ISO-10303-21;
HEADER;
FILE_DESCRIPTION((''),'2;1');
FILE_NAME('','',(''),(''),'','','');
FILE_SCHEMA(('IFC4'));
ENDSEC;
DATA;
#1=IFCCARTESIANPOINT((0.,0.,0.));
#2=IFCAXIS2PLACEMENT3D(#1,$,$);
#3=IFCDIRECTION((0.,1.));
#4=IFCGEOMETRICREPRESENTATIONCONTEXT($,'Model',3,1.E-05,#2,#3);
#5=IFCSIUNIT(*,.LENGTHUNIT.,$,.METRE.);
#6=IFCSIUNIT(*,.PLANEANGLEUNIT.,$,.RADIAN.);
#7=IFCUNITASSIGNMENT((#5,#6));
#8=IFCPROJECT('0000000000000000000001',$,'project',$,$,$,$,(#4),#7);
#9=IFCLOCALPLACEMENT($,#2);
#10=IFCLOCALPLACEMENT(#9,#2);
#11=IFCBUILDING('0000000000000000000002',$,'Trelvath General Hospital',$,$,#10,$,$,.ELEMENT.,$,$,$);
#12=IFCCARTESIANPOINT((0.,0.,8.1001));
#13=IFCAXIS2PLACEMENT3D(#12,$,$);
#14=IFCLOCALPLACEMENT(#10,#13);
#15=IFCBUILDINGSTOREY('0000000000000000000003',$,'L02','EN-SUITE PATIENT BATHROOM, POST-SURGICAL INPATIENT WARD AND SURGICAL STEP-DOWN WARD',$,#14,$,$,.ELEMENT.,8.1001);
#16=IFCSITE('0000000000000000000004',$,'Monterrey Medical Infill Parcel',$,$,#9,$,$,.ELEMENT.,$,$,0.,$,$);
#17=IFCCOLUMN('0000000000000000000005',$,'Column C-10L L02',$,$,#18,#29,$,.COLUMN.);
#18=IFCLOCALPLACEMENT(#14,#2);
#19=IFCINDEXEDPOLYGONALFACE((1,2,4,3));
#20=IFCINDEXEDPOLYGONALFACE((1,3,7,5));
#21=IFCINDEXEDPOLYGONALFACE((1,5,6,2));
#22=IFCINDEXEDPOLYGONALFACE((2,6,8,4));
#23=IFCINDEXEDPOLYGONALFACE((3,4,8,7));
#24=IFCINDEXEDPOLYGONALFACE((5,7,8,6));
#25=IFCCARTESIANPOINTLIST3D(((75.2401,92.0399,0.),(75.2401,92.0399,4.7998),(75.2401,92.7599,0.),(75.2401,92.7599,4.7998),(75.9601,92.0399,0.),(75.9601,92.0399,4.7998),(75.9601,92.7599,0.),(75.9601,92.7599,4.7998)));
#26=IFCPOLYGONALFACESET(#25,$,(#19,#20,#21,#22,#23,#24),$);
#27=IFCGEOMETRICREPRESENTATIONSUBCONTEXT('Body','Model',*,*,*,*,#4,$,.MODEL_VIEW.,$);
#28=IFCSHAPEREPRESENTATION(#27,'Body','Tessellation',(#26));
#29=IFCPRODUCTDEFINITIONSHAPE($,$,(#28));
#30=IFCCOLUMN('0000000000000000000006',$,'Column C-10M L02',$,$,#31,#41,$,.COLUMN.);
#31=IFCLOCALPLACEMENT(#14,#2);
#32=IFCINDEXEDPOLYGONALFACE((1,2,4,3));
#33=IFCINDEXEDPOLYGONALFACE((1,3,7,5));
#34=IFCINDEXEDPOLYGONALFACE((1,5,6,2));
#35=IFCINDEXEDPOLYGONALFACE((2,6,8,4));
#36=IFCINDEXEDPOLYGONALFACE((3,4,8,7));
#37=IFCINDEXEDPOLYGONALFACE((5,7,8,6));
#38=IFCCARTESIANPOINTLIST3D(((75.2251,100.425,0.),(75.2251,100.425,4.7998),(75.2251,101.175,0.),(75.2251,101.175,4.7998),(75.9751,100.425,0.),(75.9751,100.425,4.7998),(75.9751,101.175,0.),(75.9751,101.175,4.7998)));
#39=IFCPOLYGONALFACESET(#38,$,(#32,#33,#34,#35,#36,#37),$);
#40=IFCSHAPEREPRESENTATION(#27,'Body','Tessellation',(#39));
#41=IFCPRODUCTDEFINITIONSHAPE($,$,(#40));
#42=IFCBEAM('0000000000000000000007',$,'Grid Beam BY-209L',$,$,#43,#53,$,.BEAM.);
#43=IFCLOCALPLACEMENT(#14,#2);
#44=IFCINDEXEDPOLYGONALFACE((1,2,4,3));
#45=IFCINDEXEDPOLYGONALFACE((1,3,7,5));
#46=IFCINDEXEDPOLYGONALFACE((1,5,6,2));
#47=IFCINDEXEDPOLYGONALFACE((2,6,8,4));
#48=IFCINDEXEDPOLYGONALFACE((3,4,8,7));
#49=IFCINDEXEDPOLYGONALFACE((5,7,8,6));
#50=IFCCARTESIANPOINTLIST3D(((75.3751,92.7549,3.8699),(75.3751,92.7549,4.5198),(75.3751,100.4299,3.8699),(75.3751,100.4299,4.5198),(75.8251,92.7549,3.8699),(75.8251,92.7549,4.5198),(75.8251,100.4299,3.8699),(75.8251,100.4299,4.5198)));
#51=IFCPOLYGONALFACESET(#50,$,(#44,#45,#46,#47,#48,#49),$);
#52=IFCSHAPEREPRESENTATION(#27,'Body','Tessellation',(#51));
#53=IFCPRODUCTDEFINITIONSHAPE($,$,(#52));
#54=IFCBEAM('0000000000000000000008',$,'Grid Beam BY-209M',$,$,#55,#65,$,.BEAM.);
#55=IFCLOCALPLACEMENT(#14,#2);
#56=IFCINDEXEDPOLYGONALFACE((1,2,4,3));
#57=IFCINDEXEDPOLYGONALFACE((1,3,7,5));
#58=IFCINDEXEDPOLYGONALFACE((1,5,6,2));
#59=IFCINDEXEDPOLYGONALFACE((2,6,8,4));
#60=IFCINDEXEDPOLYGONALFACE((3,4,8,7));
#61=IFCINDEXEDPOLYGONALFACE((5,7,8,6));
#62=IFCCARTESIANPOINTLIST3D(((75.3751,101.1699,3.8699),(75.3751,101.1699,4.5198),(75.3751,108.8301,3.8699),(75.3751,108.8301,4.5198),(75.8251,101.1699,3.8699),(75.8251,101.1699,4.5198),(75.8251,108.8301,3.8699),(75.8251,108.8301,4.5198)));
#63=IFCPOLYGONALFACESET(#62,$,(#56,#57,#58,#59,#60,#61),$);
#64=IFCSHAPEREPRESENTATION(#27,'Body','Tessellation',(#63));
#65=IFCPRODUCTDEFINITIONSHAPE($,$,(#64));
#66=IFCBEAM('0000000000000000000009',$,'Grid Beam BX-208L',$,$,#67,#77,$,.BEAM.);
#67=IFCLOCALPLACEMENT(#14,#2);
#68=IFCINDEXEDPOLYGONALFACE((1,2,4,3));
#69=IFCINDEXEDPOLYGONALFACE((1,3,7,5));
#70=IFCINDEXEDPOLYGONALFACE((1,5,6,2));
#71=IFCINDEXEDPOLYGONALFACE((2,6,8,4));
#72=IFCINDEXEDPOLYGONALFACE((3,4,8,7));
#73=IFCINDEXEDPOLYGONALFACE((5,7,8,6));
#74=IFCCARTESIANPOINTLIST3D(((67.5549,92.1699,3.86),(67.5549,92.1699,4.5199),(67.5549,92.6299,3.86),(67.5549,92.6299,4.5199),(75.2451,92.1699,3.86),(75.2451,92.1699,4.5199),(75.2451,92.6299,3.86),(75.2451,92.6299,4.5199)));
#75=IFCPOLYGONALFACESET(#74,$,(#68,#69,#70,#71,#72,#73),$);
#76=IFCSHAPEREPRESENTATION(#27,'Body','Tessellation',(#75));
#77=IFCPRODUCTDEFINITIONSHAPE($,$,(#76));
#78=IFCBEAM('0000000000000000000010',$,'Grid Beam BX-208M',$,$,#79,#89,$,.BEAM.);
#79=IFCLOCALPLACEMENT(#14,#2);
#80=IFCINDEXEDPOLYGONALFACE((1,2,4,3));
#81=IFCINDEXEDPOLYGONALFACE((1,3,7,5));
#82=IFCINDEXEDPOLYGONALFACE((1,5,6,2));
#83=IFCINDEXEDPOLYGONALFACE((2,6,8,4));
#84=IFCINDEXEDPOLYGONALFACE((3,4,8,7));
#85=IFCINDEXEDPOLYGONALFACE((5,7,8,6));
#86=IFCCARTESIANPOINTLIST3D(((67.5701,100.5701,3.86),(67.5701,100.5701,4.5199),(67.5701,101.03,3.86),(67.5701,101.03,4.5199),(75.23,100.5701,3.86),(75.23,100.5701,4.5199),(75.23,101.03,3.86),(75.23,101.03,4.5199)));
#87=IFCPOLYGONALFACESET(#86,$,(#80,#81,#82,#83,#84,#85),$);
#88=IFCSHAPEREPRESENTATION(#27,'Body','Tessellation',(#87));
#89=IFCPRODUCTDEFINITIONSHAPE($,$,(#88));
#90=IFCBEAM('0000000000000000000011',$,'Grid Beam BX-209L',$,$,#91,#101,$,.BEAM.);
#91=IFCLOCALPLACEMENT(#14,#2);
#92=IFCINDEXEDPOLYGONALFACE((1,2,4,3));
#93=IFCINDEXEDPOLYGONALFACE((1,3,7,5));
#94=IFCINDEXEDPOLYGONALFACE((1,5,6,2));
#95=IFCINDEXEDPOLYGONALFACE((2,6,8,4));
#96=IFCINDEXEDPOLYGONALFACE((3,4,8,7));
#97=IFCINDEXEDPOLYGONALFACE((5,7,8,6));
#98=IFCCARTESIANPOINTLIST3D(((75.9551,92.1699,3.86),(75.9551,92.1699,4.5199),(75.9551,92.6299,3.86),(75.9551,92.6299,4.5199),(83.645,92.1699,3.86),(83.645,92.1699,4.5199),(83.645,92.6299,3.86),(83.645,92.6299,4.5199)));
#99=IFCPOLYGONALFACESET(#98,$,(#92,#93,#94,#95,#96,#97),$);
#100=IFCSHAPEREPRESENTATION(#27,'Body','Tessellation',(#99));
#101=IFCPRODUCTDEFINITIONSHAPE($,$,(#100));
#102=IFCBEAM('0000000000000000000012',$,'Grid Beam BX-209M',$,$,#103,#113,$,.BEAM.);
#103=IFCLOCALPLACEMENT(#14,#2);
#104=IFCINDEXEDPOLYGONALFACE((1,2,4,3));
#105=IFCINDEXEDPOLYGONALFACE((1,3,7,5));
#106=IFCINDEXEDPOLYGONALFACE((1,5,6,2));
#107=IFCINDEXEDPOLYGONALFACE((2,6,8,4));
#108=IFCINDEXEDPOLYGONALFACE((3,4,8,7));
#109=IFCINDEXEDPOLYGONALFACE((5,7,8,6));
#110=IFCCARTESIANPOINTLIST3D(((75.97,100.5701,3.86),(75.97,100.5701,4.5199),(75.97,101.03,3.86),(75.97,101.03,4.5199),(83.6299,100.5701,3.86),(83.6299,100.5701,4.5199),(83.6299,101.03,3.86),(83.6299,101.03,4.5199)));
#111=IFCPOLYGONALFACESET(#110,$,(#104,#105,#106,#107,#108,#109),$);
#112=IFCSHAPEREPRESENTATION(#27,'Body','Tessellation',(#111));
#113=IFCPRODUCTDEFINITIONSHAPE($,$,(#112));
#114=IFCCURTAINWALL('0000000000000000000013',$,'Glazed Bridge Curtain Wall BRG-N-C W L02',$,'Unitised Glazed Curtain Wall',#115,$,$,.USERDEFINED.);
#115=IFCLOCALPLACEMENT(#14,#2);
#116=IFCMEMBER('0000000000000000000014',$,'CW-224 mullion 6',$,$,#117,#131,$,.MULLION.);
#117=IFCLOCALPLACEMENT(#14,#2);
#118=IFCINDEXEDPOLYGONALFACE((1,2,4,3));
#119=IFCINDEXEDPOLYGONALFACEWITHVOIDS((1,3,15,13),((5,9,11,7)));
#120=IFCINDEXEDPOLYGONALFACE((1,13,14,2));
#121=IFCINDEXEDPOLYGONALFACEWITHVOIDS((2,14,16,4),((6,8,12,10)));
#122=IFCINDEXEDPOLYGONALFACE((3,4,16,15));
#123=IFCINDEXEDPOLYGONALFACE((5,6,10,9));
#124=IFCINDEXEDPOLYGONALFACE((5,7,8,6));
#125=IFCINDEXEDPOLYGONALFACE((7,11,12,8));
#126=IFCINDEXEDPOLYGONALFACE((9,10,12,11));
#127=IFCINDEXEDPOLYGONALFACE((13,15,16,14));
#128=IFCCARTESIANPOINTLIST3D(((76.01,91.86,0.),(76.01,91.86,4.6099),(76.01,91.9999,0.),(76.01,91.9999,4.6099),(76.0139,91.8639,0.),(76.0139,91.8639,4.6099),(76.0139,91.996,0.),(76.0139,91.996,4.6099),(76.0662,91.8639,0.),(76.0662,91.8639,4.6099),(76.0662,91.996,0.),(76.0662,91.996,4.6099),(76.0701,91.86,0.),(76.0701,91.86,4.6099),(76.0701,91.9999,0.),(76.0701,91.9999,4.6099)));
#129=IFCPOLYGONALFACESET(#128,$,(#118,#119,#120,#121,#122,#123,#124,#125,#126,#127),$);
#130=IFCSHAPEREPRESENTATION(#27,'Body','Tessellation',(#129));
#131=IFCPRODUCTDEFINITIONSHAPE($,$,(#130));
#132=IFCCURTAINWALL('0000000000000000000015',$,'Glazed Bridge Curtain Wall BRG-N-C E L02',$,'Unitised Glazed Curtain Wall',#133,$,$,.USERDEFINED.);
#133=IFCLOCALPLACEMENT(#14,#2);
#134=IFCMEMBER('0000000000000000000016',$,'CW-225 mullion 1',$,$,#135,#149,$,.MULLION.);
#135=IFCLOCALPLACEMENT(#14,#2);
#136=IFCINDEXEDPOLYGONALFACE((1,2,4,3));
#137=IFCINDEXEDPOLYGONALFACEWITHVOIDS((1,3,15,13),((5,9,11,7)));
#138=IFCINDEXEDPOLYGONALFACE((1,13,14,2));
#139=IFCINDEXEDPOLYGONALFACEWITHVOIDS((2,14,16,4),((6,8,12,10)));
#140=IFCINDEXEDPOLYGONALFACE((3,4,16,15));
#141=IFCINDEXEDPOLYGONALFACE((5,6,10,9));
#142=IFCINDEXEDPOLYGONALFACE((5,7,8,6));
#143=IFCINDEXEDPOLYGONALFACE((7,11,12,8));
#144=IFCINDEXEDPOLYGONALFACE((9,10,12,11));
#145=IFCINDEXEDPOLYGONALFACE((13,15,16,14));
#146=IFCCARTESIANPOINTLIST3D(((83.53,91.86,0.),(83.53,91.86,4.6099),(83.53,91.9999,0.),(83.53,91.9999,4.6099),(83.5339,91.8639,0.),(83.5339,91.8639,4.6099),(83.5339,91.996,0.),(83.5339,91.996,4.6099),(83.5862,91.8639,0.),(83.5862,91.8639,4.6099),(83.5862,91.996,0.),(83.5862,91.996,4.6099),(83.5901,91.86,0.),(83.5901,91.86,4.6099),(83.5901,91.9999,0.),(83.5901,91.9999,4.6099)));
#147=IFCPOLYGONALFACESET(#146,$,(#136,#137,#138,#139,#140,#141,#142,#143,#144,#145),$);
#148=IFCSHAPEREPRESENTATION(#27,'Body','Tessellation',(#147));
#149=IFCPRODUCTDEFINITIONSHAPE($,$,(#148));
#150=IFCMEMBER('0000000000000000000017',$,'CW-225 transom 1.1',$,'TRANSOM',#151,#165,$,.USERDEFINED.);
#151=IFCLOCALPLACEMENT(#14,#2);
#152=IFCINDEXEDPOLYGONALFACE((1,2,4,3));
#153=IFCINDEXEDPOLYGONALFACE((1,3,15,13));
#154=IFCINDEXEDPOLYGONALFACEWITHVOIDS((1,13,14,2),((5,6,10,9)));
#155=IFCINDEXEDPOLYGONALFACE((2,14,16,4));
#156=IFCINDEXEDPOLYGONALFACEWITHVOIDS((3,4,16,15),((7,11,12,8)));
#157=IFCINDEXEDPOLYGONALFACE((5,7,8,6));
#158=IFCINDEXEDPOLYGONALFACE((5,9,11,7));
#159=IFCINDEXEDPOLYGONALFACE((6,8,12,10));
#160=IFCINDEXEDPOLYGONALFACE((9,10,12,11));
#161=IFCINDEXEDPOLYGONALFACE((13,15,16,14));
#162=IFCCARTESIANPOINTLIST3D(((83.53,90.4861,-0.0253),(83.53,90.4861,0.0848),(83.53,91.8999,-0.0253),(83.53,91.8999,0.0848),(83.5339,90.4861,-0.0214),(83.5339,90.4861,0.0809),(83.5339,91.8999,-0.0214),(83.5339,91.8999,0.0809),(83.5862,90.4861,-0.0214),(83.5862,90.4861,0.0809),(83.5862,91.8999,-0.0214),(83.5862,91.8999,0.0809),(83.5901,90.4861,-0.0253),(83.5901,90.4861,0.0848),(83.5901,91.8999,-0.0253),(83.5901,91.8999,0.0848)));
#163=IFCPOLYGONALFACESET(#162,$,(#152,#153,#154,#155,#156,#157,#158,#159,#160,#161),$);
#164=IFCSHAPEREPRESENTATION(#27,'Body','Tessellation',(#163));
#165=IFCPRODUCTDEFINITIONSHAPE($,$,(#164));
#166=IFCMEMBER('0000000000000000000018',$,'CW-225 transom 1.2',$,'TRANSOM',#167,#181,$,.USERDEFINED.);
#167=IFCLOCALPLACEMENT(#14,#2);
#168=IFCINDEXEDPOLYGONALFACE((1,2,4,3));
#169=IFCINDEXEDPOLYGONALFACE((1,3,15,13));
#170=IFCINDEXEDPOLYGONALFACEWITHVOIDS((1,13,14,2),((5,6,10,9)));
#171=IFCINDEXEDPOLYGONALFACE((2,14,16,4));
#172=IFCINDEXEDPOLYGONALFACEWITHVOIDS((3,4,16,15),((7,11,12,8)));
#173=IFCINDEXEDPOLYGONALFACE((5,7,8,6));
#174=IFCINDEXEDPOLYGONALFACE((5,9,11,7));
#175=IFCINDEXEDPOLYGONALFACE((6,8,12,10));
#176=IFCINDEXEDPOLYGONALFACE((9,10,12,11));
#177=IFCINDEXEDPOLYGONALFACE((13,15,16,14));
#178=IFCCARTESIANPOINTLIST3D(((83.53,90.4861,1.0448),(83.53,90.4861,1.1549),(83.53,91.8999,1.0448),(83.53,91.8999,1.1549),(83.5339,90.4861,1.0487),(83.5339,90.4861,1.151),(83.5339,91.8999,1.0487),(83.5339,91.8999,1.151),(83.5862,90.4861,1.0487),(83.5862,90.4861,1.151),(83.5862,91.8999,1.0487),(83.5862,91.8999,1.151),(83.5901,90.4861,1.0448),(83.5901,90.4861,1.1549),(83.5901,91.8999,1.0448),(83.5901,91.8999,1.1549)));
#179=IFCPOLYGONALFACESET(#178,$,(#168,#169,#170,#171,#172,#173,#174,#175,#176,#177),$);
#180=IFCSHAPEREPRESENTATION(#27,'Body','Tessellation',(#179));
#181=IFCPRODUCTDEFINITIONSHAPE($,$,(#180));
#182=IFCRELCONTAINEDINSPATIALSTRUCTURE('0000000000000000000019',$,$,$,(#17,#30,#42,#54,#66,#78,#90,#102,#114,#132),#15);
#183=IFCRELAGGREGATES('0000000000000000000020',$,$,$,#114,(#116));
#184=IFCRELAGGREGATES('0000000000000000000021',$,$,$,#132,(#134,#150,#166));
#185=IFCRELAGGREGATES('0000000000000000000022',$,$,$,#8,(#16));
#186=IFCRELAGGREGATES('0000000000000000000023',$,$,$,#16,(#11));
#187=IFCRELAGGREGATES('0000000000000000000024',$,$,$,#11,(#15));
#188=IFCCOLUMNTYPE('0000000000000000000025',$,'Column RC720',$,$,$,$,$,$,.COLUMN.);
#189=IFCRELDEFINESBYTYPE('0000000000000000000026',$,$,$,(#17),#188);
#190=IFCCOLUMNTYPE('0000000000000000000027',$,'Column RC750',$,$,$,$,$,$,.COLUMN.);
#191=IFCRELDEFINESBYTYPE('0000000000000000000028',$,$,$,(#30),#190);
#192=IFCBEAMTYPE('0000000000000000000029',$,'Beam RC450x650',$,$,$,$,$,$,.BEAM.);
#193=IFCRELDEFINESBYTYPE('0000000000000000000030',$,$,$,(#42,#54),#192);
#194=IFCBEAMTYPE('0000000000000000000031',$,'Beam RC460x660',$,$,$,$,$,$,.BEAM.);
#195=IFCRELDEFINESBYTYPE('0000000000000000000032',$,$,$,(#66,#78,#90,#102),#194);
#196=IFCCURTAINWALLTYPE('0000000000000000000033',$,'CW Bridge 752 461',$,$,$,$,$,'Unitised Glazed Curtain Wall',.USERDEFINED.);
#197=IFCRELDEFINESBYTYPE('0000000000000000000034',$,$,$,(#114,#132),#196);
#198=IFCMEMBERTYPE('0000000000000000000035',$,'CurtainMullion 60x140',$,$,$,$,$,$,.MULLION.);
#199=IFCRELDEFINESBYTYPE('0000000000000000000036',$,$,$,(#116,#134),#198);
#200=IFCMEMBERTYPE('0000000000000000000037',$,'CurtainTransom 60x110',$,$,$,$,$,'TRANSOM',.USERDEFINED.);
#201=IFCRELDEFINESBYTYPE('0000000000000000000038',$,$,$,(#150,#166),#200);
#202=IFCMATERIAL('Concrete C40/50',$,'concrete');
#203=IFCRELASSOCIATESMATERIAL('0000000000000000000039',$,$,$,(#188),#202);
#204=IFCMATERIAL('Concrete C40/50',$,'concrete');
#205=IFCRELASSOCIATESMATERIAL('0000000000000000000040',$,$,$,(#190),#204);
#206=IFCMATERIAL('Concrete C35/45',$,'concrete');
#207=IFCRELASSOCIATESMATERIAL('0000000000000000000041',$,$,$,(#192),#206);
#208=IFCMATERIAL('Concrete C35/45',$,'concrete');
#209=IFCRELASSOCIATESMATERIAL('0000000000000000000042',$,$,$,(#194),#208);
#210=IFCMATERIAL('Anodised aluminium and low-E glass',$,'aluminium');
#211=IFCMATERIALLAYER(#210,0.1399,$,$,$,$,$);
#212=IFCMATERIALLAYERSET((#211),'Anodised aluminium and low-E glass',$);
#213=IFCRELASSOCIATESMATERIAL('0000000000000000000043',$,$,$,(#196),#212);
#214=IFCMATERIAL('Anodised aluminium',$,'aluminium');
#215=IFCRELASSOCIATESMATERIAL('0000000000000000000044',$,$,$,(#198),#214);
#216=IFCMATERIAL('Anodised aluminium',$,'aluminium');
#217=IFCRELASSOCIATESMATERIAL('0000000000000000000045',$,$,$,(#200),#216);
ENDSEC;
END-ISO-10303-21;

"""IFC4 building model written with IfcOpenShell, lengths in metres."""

from ifc_helpers import new_model, si_unit, direction, frame, origin, origin_2d, place, context, subcontext, project, spatial, rectangle, hollow_rectangle, extrude, material, layer, layer_set, material_profile, profile_set, type_object, element, aggregate, save


model = new_model("IFC4")

# Units and contexts
model_context = context("Model", 3, precision=1e-05, world=origin(), true_north=direction((0.0, 1.0)))
body_context = subcontext(model_context, "Body", "Model", "MODEL_VIEW")
ifc_project = project(units=[si_unit("LENGTHUNIT", "METRE"), si_unit("PLANEANGLEUNIT", "RADIAN")], contexts=[model_context])

# Site, building, storey
site_placement = place(None, origin())
site = spatial("IfcSite", under=ifc_project, at=site_placement, Name="Monterrey Medical Infill Parcel", CompositionType="ELEMENT", RefElevation=0.0)
building_placement = place(site_placement, origin())
building = spatial("IfcBuilding", under=site, at=building_placement, Name="Trelvath General Hospital", CompositionType="ELEMENT")
storey_placement = place(building_placement, frame((0.0, 0.0, 8.1001)))
storey = spatial("IfcBuildingStorey", under=building, at=storey_placement, Name="L02", Description="EN-SUITE PATIENT BATHROOM, POST-SURGICAL INPATIENT WARD AND SURGICAL STEP-DOWN WARD", CompositionType="ELEMENT", Elevation=8.1001)

# Columns
ifc_material_1 = material(Name="Concrete C40/50", Category="concrete")
ifc_material_profile_1 = material_profile(ifc_material_1, rectangle(XDim=0.72, YDim=0.72, at=origin_2d()), Name="RC720x720")
ifc_profile_set_1 = profile_set([ifc_material_profile_1], Name="Concrete C40/50")
column_type_1 = type_object("IfcColumnType", Name="Column RC720", PredefinedType="COLUMN", material=ifc_profile_set_1)
column_1_placement = place(storey_placement, frame((75.6001, 92.3999, 0.0), z_axis=(0.0, 0.0, 1.0), x_axis=(1.0, 0.0, 0.0)))
element("IfcColumn", 1, at=column_1_placement, inside=storey, type_object=column_type_1, Name="Column C-10L L02", PredefinedType="COLUMN", context=body_context, shape_type="SweptSolid", body=[
    extrude(rectangle(XDim=0.72, YDim=0.72, at=origin_2d()), origin(), (0.0, 0.0, 1.0), 4.7998),
])
ifc_material_2 = material(Name="Concrete C40/50", Category="concrete")
ifc_material_profile_2 = material_profile(ifc_material_2, rectangle(XDim=0.75, YDim=0.75, at=origin_2d()), Name="RC750x750")
ifc_profile_set_2 = profile_set([ifc_material_profile_2], Name="Concrete C40/50")
column_type_2 = type_object("IfcColumnType", Name="Column RC750", PredefinedType="COLUMN", material=ifc_profile_set_2)
column_2_placement = place(storey_placement, frame((75.6001, 100.8, 0.0), z_axis=(0.0, 0.0, 1.0), x_axis=(1.0, 0.0, 0.0)))
element("IfcColumn", 2, at=column_2_placement, inside=storey, type_object=column_type_2, Name="Column C-10M L02", PredefinedType="COLUMN", context=body_context, shape_type="SweptSolid", body=[
    extrude(rectangle(XDim=0.75, YDim=0.75, at=origin_2d()), origin(), (0.0, 0.0, 1.0), 4.7998),
])

# Beams
ifc_material_3 = material(Name="Concrete C35/45", Category="concrete")
ifc_material_profile_3 = material_profile(ifc_material_3, rectangle(XDim=0.45, YDim=0.6499, at=origin_2d()), Name="RCB450x650")
ifc_profile_set_3 = profile_set([ifc_material_profile_3], Name="Concrete C35/45")
beam_type_1 = type_object("IfcBeamType", Name="Beam RC450x650", PredefinedType="BEAM", material=ifc_profile_set_3)
beam_1_placement = place(storey_placement, frame((75.6001, 92.7549, 4.1948), z_axis=(0.0, 1.0, 0.0), x_axis=(-1.0, 0.0, 0.0)))
element("IfcBeam", 3, at=beam_1_placement, inside=storey, type_object=beam_type_1, Name="Grid Beam BY-209L", PredefinedType="BEAM", context=body_context, shape_type="SweptSolid", body=[
    extrude(rectangle(XDim=0.45, YDim=0.6499, at=origin_2d()), origin(), (0.0, 0.0, 1.0), 7.675),
])
beam_2_placement = place(storey_placement, frame((75.6001, 101.1699, 4.1948), z_axis=(0.0, 1.0, 0.0), x_axis=(-1.0, 0.0, 0.0)))
element("IfcBeam", 4, at=beam_2_placement, inside=storey, type_object=beam_type_1, Name="Grid Beam BY-209M", PredefinedType="BEAM", context=body_context, shape_type="SweptSolid", body=[
    extrude(rectangle(XDim=0.45, YDim=0.6499, at=origin_2d()), origin(), (0.0, 0.0, 1.0), 7.6602),
])
ifc_material_4 = material(Name="Concrete C35/45", Category="concrete")
ifc_material_profile_4 = material_profile(ifc_material_4, rectangle(XDim=0.46, YDim=0.6599, at=origin_2d()), Name="RCB460x660")
ifc_profile_set_4 = profile_set([ifc_material_profile_4], Name="Concrete C35/45")
beam_type_2 = type_object("IfcBeamType", Name="Beam RC460x660", PredefinedType="BEAM", material=ifc_profile_set_4)
beam_3_placement = place(storey_placement, frame((67.5549, 92.3999, 4.1899), z_axis=(1.0, 0.0, 0.0), x_axis=(0.0, 1.0, 0.0)))
element("IfcBeam", 5, at=beam_3_placement, inside=storey, type_object=beam_type_2, Name="Grid Beam BX-208L", PredefinedType="BEAM", context=body_context, shape_type="SweptSolid", body=[
    extrude(rectangle(XDim=0.46, YDim=0.6599, at=origin_2d()), origin(), (0.0, 0.0, 1.0), 7.6902),
])
beam_4_placement = place(storey_placement, frame((67.5701, 100.8, 4.1899), z_axis=(1.0, 0.0, 0.0), x_axis=(0.0, 1.0, 0.0)))
element("IfcBeam", 6, at=beam_4_placement, inside=storey, type_object=beam_type_2, Name="Grid Beam BX-208M", PredefinedType="BEAM", context=body_context, shape_type="SweptSolid", body=[
    extrude(rectangle(XDim=0.46, YDim=0.6599, at=origin_2d()), origin(), (0.0, 0.0, 1.0), 7.6599),
])
beam_5_placement = place(storey_placement, frame((75.9551, 92.3999, 4.1899), z_axis=(1.0, 0.0, 0.0), x_axis=(0.0, 1.0, 0.0)))
element("IfcBeam", 7, at=beam_5_placement, inside=storey, type_object=beam_type_2, Name="Grid Beam BX-209L", PredefinedType="BEAM", context=body_context, shape_type="SweptSolid", body=[
    extrude(rectangle(XDim=0.46, YDim=0.6599, at=origin_2d()), origin(), (0.0, 0.0, 1.0), 7.6899),
])
beam_6_placement = place(storey_placement, frame((75.97, 100.8, 4.1899), z_axis=(1.0, 0.0, 0.0), x_axis=(0.0, 1.0, 0.0)))
element("IfcBeam", 8, at=beam_6_placement, inside=storey, type_object=beam_type_2, Name="Grid Beam BX-209M", PredefinedType="BEAM", context=body_context, shape_type="SweptSolid", body=[
    extrude(rectangle(XDim=0.46, YDim=0.6599, at=origin_2d()), origin(), (0.0, 0.0, 1.0), 7.6599),
])

# Curtain wall, member
ifc_material_5 = material(Name="Anodised aluminium and low-E glass", Category="aluminium")
ifc_layer_1 = layer(ifc_material_5, 0.1399)
ifc_layer_set_1 = layer_set([ifc_layer_1], Name="Anodised aluminium and low-E glass")
curtain_wall_type = type_object("IfcCurtainWallType", Name="CW Bridge 752 461", ElementType="Unitised Glazed Curtain Wall", PredefinedType="USERDEFINED", material=ifc_layer_set_1)
curtain_wall_1_placement = place(storey_placement, origin())
curtain_wall_1 = element("IfcCurtainWall", 9, at=curtain_wall_1_placement, inside=storey, type_object=curtain_wall_type, Name="Glazed Bridge Curtain Wall BRG-N-C W L02", ObjectType="Unitised Glazed Curtain Wall", PredefinedType="USERDEFINED")
ifc_material_6 = material(Name="Anodised aluminium", Category="aluminium")
ifc_material_profile_5 = material_profile(ifc_material_6, hollow_rectangle(XDim=0.0601, YDim=0.1399, WallThickness=0.0039, at=origin_2d()), Name="RHS60x140x4")
ifc_profile_set_5 = profile_set([ifc_material_profile_5], Name="Anodised aluminium")
member_type_1 = type_object("IfcMemberType", Name="CurtainMullion 60x140", PredefinedType="MULLION", material=ifc_profile_set_5)
member_1_placement = place(storey_placement, frame((76.04, 91.9299, 0.0), z_axis=(0.0, 0.0, 1.0), x_axis=(-1.0, 0.0, 0.0)))
member_1 = element("IfcMember", 10, at=member_1_placement, type_object=member_type_1, Name="CW-224 mullion 6", PredefinedType="MULLION", context=body_context, shape_type="SweptSolid", body=[
    extrude(hollow_rectangle(XDim=0.0601, YDim=0.1399, WallThickness=0.0039, at=origin_2d()), origin(), (0.0, 0.0, 1.0), 4.6099),
])
aggregate(curtain_wall_1, [member_1])

# Curtain wall, members
curtain_wall_2_placement = place(storey_placement, origin())
curtain_wall_2 = element("IfcCurtainWall", 11, at=curtain_wall_2_placement, inside=storey, type_object=curtain_wall_type, Name="Glazed Bridge Curtain Wall BRG-N-C E L02", ObjectType="Unitised Glazed Curtain Wall", PredefinedType="USERDEFINED")
member_2_placement = place(storey_placement, frame((83.5601, 91.9299, 0.0), z_axis=(0.0, 0.0, 1.0), x_axis=(1.0, 0.0, 0.0)))
member_2 = element("IfcMember", 12, at=member_2_placement, type_object=member_type_1, Name="CW-225 mullion 1", PredefinedType="MULLION", context=body_context, shape_type="SweptSolid", body=[
    extrude(hollow_rectangle(XDim=0.0601, YDim=0.1399, WallThickness=0.0039, at=origin_2d()), origin(), (0.0, 0.0, 1.0), 4.6099),
])
ifc_material_7 = material(Name="Anodised aluminium", Category="aluminium")
ifc_material_profile_6 = material_profile(ifc_material_7, hollow_rectangle(XDim=0.0601, YDim=0.1101, WallThickness=0.0039, at=origin_2d()), Name="RHS60x110x4")
ifc_profile_set_6 = profile_set([ifc_material_profile_6], Name="Anodised aluminium")
member_type_2 = type_object("IfcMemberType", Name="CurtainTransom 60x110", ElementType="TRANSOM", PredefinedType="USERDEFINED", material=ifc_profile_set_6)
member_3_placement = place(storey_placement, frame((83.5601, 91.8999, 0.0298), z_axis=(0.0, -1.0, 0.0), x_axis=(1.0, 0.0, 0.0)))
member_3 = element("IfcMember", 13, at=member_3_placement, type_object=member_type_2, Name="CW-225 transom 1.1", ObjectType="TRANSOM", PredefinedType="USERDEFINED", context=body_context, shape_type="SweptSolid", body=[
    extrude(hollow_rectangle(XDim=0.0601, YDim=0.1101, WallThickness=0.0039, at=origin_2d()), origin(), (0.0, 0.0, 1.0), 1.4138),
])
member_4_placement = place(storey_placement, frame((83.5601, 91.8999, 1.0999), z_axis=(0.0, -1.0, 0.0), x_axis=(1.0, 0.0, 0.0)))
member_4 = element("IfcMember", 14, at=member_4_placement, type_object=member_type_2, Name="CW-225 transom 1.2", ObjectType="TRANSOM", PredefinedType="USERDEFINED", context=body_context, shape_type="SweptSolid", body=[
    extrude(hollow_rectangle(XDim=0.0601, YDim=0.1101, WallThickness=0.0039, at=origin_2d()), origin(), (0.0, 0.0, 1.0), 1.4138),
])

aggregate(curtain_wall_2, [member_2, member_3, member_4])

save(model, "model.ifc")
